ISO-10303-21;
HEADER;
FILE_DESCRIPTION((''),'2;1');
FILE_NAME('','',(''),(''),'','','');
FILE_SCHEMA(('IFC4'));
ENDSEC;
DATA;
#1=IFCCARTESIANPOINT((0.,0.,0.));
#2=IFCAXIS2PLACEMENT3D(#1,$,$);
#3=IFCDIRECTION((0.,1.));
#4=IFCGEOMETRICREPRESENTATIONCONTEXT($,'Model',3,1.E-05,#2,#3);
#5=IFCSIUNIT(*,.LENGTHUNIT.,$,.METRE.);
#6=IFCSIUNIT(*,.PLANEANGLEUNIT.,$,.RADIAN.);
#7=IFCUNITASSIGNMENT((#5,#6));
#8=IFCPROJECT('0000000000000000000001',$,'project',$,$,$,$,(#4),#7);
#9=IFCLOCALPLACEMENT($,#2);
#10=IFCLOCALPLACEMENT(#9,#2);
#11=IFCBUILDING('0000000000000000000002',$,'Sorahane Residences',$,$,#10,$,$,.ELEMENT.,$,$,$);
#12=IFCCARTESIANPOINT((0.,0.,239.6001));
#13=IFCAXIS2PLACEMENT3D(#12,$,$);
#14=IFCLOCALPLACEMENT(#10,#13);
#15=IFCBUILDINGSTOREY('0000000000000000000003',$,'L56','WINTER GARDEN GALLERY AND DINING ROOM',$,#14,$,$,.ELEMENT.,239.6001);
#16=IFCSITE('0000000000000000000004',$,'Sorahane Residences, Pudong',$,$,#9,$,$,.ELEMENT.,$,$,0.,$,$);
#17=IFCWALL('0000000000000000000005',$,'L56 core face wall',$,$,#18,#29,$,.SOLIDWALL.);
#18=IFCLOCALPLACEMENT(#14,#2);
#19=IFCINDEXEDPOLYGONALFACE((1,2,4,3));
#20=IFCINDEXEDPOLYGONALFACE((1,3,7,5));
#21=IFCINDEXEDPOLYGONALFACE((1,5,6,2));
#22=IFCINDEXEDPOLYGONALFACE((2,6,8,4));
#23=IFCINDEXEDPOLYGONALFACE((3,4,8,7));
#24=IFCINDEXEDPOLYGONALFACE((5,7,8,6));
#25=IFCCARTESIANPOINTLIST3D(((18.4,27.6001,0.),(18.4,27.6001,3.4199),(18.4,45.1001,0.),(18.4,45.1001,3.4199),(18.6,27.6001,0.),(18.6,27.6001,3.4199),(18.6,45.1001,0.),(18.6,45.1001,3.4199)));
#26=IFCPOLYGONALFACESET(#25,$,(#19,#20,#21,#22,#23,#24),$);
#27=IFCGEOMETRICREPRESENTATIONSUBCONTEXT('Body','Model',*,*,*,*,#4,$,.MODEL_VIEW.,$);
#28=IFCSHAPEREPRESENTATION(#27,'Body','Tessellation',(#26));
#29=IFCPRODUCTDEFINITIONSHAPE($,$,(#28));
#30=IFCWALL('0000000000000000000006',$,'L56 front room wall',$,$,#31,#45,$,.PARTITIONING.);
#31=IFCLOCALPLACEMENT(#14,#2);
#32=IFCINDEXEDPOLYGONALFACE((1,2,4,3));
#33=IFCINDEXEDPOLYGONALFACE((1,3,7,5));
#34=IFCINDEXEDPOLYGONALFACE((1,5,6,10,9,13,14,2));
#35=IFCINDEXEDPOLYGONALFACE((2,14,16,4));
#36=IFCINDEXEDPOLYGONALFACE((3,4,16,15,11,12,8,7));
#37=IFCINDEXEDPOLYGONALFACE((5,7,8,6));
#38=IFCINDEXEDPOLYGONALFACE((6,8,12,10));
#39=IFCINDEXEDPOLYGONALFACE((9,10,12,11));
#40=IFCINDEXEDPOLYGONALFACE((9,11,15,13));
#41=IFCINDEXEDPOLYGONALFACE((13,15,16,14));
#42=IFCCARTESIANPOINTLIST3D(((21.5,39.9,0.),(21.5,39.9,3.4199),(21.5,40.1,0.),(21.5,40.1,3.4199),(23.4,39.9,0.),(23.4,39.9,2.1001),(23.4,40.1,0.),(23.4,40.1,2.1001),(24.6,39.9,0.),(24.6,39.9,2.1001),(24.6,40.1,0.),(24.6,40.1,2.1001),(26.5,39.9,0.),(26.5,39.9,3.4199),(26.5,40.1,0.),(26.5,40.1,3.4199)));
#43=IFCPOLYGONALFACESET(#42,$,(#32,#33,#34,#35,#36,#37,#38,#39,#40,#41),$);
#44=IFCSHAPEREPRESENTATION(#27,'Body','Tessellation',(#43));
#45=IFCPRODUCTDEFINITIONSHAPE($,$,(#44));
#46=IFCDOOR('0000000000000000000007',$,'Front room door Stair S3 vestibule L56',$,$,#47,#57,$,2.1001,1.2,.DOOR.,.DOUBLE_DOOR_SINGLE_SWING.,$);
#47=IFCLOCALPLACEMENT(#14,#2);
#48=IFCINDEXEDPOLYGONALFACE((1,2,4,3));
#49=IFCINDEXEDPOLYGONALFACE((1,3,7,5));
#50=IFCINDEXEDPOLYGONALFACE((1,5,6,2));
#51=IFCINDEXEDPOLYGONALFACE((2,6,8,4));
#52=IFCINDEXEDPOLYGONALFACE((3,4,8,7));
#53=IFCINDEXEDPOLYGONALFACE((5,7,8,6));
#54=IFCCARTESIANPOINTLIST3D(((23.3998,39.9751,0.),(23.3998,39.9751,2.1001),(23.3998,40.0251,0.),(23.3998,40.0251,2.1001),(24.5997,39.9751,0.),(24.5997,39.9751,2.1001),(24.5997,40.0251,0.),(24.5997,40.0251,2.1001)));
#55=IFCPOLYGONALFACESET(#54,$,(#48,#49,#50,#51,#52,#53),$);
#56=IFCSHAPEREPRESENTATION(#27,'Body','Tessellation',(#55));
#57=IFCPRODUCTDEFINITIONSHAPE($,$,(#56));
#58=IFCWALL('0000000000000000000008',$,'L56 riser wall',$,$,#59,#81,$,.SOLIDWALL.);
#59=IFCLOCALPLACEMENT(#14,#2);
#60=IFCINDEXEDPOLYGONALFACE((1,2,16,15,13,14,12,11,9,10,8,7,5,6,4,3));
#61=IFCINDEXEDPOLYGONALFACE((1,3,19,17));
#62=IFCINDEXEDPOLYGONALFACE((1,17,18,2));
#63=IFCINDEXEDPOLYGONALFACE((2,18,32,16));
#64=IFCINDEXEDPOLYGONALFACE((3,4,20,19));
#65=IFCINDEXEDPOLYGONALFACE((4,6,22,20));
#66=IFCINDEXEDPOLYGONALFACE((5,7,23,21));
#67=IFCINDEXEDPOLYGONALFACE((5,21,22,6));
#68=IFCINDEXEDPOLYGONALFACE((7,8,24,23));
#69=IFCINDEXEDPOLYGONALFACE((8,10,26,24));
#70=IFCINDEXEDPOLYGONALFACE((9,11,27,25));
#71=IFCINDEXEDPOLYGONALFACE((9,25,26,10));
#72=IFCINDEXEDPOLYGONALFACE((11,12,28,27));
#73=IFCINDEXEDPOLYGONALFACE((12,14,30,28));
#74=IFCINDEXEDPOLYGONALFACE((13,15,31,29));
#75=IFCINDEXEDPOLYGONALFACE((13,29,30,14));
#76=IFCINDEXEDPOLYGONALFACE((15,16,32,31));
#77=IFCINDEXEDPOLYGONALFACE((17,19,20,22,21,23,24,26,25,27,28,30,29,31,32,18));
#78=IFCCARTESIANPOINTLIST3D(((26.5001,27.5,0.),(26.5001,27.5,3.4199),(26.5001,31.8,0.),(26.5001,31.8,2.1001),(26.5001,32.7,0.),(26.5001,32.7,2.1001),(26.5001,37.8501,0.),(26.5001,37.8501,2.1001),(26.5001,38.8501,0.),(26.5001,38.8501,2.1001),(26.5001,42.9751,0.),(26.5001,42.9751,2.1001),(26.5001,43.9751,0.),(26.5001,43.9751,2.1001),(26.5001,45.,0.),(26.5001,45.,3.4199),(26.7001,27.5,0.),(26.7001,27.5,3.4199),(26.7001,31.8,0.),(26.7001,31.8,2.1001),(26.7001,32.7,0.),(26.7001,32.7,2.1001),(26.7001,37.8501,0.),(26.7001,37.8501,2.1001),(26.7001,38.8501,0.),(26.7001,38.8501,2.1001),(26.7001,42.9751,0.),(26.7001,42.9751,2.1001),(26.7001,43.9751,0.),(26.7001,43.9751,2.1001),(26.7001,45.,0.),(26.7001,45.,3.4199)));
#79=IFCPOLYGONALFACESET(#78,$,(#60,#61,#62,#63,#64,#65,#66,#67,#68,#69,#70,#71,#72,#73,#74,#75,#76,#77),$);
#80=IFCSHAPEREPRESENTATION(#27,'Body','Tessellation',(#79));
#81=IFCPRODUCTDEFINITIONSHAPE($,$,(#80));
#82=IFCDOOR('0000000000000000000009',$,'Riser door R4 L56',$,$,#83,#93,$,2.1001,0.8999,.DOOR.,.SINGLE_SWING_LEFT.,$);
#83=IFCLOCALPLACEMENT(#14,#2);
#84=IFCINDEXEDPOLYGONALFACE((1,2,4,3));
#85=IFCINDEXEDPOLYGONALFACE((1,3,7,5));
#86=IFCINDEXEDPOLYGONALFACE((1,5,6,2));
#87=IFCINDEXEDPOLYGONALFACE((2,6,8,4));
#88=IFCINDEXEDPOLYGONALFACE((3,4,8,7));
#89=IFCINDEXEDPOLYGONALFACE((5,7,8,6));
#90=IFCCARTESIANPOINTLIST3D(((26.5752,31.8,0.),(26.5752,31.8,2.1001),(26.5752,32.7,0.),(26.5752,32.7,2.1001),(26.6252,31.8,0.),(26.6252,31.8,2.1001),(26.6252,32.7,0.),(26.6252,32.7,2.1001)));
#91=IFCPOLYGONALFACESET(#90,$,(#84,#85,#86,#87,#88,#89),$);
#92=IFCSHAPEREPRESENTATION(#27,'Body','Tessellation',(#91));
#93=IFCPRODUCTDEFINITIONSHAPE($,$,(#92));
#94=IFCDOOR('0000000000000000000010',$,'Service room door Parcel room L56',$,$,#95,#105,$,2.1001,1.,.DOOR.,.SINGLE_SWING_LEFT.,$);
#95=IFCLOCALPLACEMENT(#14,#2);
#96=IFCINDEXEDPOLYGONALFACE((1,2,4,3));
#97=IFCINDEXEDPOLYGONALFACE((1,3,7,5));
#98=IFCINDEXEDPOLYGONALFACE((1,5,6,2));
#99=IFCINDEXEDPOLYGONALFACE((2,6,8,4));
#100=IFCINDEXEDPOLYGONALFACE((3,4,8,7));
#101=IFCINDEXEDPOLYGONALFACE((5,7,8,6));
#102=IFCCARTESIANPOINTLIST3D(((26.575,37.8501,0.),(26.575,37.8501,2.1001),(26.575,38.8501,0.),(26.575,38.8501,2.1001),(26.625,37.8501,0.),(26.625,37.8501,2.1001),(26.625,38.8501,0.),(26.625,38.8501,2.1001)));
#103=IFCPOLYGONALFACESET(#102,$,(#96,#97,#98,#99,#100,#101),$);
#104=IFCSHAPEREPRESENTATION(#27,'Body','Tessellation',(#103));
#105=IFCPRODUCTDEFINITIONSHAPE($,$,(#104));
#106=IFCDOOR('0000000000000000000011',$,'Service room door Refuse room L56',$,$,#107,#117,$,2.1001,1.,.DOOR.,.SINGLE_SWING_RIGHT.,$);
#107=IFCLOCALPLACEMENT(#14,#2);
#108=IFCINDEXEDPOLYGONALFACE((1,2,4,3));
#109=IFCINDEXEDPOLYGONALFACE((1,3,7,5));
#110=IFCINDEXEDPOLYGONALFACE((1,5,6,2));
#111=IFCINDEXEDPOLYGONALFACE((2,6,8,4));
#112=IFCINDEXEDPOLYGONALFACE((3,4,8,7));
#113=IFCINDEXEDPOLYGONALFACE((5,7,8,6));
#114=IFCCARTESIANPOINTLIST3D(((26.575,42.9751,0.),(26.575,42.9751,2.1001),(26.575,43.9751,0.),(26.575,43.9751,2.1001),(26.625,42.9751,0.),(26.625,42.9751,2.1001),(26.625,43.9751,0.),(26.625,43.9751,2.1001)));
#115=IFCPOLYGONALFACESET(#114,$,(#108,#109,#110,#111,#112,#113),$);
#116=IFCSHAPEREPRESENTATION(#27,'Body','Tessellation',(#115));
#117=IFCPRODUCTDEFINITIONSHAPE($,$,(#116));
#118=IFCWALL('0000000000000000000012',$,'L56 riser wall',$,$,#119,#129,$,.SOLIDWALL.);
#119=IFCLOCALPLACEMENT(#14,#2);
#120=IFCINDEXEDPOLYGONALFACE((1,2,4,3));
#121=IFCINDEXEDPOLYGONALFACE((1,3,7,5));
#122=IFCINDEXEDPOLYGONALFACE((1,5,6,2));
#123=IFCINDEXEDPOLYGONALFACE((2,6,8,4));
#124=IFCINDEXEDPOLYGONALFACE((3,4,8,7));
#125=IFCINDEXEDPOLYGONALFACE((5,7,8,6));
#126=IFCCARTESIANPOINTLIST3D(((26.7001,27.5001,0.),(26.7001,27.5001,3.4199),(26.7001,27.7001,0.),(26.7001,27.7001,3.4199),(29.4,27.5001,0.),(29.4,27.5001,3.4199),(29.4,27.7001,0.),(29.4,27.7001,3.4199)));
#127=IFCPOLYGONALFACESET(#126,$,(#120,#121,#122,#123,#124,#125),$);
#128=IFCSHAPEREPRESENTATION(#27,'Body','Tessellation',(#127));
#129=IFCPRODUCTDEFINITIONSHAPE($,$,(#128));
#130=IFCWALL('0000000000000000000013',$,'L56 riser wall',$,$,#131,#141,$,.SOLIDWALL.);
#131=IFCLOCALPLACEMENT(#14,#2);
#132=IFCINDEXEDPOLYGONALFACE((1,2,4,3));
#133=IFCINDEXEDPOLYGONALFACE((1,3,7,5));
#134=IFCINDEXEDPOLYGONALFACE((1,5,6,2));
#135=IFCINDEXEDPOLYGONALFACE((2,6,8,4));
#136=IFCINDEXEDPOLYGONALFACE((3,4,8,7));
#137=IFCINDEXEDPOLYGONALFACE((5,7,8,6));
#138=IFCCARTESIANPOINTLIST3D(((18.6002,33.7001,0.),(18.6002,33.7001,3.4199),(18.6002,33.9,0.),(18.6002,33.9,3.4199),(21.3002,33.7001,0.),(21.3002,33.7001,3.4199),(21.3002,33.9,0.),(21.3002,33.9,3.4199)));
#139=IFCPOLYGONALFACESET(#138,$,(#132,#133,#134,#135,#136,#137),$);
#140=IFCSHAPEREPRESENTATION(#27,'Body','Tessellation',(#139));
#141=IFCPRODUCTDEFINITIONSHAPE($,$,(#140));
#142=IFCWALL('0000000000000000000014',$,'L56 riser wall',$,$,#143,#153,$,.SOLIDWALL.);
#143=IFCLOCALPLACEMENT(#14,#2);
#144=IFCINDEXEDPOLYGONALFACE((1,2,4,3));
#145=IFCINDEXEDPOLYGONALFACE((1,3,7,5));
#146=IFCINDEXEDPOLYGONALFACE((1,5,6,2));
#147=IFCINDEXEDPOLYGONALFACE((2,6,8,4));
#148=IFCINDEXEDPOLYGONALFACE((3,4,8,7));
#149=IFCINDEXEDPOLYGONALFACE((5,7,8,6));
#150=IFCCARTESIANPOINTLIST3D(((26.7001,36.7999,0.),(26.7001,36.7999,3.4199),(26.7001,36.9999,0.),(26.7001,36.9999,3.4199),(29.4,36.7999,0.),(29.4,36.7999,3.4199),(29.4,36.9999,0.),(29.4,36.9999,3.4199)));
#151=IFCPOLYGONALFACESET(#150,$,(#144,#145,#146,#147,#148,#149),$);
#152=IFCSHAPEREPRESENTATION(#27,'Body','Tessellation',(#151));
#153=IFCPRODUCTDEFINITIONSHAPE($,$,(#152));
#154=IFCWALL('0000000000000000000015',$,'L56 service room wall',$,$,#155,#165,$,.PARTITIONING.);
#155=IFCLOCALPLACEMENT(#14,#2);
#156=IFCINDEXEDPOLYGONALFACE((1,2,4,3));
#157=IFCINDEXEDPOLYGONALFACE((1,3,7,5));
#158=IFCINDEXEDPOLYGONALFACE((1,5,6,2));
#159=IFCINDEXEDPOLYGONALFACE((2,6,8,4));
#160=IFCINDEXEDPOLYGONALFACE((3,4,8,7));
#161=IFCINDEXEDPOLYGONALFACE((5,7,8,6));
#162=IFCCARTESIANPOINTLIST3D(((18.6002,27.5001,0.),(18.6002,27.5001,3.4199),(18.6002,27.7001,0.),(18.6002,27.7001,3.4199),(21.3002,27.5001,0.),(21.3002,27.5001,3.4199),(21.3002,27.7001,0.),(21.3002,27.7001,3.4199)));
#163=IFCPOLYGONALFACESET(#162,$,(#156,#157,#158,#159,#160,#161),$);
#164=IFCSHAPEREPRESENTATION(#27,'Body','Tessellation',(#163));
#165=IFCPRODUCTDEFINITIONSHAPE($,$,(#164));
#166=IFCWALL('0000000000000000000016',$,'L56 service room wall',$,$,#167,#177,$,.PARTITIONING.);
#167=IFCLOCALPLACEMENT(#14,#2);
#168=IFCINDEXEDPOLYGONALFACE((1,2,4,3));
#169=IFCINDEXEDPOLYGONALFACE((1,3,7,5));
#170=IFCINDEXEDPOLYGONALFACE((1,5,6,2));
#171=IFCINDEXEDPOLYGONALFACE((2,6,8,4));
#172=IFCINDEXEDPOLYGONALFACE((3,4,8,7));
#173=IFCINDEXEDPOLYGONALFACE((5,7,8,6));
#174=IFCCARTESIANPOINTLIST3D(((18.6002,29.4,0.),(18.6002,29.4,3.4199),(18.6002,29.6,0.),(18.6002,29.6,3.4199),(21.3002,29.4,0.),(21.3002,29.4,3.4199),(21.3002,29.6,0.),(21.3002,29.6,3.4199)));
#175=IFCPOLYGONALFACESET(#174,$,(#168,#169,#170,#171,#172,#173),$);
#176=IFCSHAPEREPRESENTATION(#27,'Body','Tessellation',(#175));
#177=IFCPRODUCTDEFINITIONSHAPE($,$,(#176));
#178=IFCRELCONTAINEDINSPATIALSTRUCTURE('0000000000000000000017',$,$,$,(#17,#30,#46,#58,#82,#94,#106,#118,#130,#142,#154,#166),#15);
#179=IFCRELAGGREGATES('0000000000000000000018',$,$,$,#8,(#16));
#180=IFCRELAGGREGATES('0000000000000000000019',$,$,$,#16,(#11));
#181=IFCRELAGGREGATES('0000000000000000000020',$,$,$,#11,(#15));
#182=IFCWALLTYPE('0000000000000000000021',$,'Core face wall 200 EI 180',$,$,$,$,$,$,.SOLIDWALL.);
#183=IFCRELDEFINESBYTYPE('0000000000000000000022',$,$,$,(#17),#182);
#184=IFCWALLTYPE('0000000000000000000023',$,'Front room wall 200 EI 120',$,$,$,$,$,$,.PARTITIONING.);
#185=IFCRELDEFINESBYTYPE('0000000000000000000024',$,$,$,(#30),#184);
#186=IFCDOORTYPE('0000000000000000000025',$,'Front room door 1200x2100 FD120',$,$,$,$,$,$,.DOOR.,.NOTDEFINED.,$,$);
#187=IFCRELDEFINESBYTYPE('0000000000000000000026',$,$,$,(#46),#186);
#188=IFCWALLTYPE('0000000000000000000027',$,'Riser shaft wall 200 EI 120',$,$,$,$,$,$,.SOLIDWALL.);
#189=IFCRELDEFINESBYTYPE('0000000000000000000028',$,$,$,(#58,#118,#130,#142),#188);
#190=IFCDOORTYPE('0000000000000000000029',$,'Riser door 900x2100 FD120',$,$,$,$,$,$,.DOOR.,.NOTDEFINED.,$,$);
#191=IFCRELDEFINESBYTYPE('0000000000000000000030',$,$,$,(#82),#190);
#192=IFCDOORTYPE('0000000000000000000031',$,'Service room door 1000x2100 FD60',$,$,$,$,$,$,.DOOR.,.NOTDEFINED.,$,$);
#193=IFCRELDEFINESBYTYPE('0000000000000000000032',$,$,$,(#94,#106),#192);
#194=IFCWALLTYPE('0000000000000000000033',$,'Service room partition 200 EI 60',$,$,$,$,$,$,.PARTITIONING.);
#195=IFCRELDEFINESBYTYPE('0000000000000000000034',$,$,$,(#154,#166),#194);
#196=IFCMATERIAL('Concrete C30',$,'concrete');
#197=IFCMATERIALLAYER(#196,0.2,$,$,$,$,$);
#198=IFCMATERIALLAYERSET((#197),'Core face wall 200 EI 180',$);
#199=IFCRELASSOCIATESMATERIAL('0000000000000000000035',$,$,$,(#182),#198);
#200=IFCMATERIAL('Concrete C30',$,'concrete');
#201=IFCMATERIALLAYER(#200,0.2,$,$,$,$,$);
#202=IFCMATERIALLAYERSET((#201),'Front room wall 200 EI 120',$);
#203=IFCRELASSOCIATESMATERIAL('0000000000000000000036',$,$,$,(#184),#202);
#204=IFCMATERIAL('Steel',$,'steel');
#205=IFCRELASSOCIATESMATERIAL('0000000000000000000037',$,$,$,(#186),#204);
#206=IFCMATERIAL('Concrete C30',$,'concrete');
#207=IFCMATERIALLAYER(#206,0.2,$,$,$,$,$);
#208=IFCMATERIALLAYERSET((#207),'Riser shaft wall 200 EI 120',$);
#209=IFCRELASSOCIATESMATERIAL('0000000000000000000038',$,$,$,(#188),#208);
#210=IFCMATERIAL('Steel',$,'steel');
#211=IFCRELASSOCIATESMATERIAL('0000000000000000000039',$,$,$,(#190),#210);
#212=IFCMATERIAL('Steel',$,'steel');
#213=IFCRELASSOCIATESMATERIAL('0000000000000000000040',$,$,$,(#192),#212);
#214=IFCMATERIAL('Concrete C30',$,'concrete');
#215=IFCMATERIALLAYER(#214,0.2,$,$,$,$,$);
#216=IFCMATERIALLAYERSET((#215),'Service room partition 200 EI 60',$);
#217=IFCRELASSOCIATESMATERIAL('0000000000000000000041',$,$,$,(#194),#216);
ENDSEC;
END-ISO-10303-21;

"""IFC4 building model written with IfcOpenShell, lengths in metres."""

from ifc_helpers import new_model, si_unit, direction, frame, frame_2d, origin, place, context, subcontext, project, spatial, rectangle, extrude, material, layer, layer_set, type_object, element, fill, save


model = new_model("IFC4")

# Units and contexts
model_context = context("Model", 3, precision=1e-05, world=origin(), true_north=direction((0.0, 1.0)))
body_context = subcontext(model_context, "Body", "Model", "MODEL_VIEW")
ifc_project = project(units=[si_unit("LENGTHUNIT", "METRE"), si_unit("PLANEANGLEUNIT", "RADIAN")], contexts=[model_context])

# Site, building, storey
site_placement = place(None, origin())
site = spatial("IfcSite", under=ifc_project, at=site_placement, Name="Sorahane Residences, Pudong", CompositionType="ELEMENT", RefElevation=0.0)
building_placement = place(site_placement, origin())
building = spatial("IfcBuilding", under=site, at=building_placement, Name="Sorahane Residences", CompositionType="ELEMENT")
storey_placement = place(building_placement, frame((0.0, 0.0, 239.6001)))
storey = spatial("IfcBuildingStorey", under=building, at=storey_placement, Name="L56", Description="WINTER GARDEN GALLERY AND DINING ROOM", CompositionType="ELEMENT", Elevation=239.6001)

# Wall
ifc_material_1 = material(Name="Concrete C30", Category="concrete")
ifc_layer_1 = layer(ifc_material_1, 0.2)
ifc_layer_set_1 = layer_set([ifc_layer_1], Name="Core face wall 200 EI 180")
wall_type_1 = type_object("IfcWallType", Name="Core face wall 200 EI 180", PredefinedType="SOLIDWALL", material=ifc_layer_set_1)
wall_1_placement = place(storey_placement, frame((18.5, 27.6001, 0.0), z_axis=(0.0, 0.0, 1.0), x_axis=(0.0, 1.0, 0.0)))
element("IfcWall", 1, at=wall_1_placement, inside=storey, type_object=wall_type_1, Name="L56 core face wall", PredefinedType="SOLIDWALL", context=body_context, shape_type="SweptSolid", body=[
    extrude(rectangle(XDim=17.5, YDim=0.2, at=frame_2d((8.75, 0.0))), origin(), (0.0, 0.0, 1.0), 3.4199),
])

# Wall, opening, door
ifc_material_2 = material(Name="Concrete C30", Category="concrete")
ifc_layer_2 = layer(ifc_material_2, 0.2)
ifc_layer_set_2 = layer_set([ifc_layer_2], Name="Front room wall 200 EI 120")
wall_type_2 = type_object("IfcWallType", Name="Front room wall 200 EI 120", PredefinedType="PARTITIONING", material=ifc_layer_set_2)
wall_2_placement = place(storey_placement, frame((21.5, 40.0, 0.0), z_axis=(0.0, 0.0, 1.0), x_axis=(1.0, 0.0, 0.0)))
wall_2 = element("IfcWall", 2, at=wall_2_placement, inside=storey, type_object=wall_type_2, Name="L56 front room wall", PredefinedType="PARTITIONING", context=body_context, shape_type="SweptSolid", body=[
    extrude(rectangle(XDim=5.0, YDim=0.2, at=frame_2d((2.5, 0.0))), origin(), (0.0, 0.0, 1.0), 3.4199),
])
opening_1_placement = place(wall_2_placement, frame((1.8999, 0.0, 0.0)))
opening_1 = element("IfcOpeningElement", 3, at=opening_1_placement, cuts=wall_2, PredefinedType="OPENING", context=body_context, shape_type="SweptSolid", body=[
    extrude(rectangle(XDim=1.2, YDim=2.1001, at=frame_2d((0.6001, 1.05))), frame((0.0, 0.1099, 0.0), z_axis=(0.0, -1.0, 0.0), x_axis=(1.0, 0.0, 0.0)), (0.0, 0.0, 1.0), 0.22),
])
ifc_material_3 = material(Name="Steel", Category="steel")
door_type_1 = type_object("IfcDoorType", Name="Front room door 1200x2100 FD120", OperationType="NOTDEFINED", PredefinedType="DOOR", material=ifc_material_3)
door_1_placement = place(opening_1_placement, frame((1.2, 0.0, 0.0), z_axis=(0.0, 0.0, 1.0), x_axis=(-1.0, 0.0, 0.0)))
door_1 = element("IfcDoor", 4, at=door_1_placement, inside=storey, type_object=door_type_1, Name="Front room door Stair S3 vestibule L56", OperationType="DOUBLE_DOOR_SINGLE_SWING", OverallHeight=2.1001, OverallWidth=1.2, PredefinedType="DOOR", context=body_context, shape_type="SweptSolid", body=[
    extrude(rectangle(XDim=1.2, YDim=2.1001, at=frame_2d((0.6001, 1.05))), frame((0.0, 0.0249, 0.0), z_axis=(0.0, -1.0, 0.0), x_axis=(1.0, 0.0, 0.0)), (0.0, 0.0, 1.0), 0.05),
])
fill(opening_1, door_1)

# Wall, openings, doors
ifc_material_4 = material(Name="Concrete C30", Category="concrete")
ifc_layer_3 = layer(ifc_material_4, 0.2)
ifc_layer_set_3 = layer_set([ifc_layer_3], Name="Riser shaft wall 200 EI 120")
wall_type_3 = type_object("IfcWallType", Name="Riser shaft wall 200 EI 120", PredefinedType="SOLIDWALL", material=ifc_layer_set_3)
wall_3_placement = place(storey_placement, frame((26.6001, 27.5, 0.0), z_axis=(0.0, 0.0, 1.0), x_axis=(0.0, 1.0, 0.0)))
wall_3 = element("IfcWall", 5, at=wall_3_placement, inside=storey, type_object=wall_type_3, Name="L56 riser wall", PredefinedType="SOLIDWALL", context=body_context, shape_type="SweptSolid", body=[
    extrude(rectangle(XDim=17.5, YDim=0.2, at=frame_2d((8.75, 0.0))), origin(), (0.0, 0.0, 1.0), 3.4199),
])
opening_2_placement = place(wall_3_placement, frame((4.3, 0.0, 0.0)))
opening_2 = element("IfcOpeningElement", 6, at=opening_2_placement, cuts=wall_3, PredefinedType="OPENING", context=body_context, shape_type="SweptSolid", body=[
    extrude(rectangle(XDim=0.8999, YDim=2.1001, at=frame_2d((0.45, 1.05))), frame((0.0, 0.1099, 0.0), z_axis=(0.0, -1.0, 0.0), x_axis=(1.0, 0.0, 0.0)), (0.0, 0.0, 1.0), 0.22),
])
opening_3_placement = place(wall_3_placement, frame((10.3501, 0.0, 0.0)))
opening_3 = element("IfcOpeningElement", 7, at=opening_3_placement, cuts=wall_3, PredefinedType="OPENING", context=body_context, shape_type="SweptSolid", body=[
    extrude(rectangle(XDim=1.0, YDim=2.1001, at=frame_2d((0.5, 1.05))), frame((0.0, 0.1099, 0.0), z_axis=(0.0, -1.0, 0.0), x_axis=(1.0, 0.0, 0.0)), (0.0, 0.0, 1.0), 0.22),
])
opening_4_placement = place(wall_3_placement, frame((15.4751, 0.0, 0.0)))
opening_4 = element("IfcOpeningElement", 8, at=opening_4_placement, cuts=wall_3, PredefinedType="OPENING", context=body_context, shape_type="SweptSolid", body=[
    extrude(rectangle(XDim=1.0, YDim=2.1001, at=frame_2d((0.5, 1.05))), frame((0.0, 0.1099, 0.0), z_axis=(0.0, -1.0, 0.0), x_axis=(1.0, 0.0, 0.0)), (0.0, 0.0, 1.0), 0.22),
])
ifc_material_5 = material(Name="Steel", Category="steel")
door_type_2 = type_object("IfcDoorType", Name="Riser door 900x2100 FD120", OperationType="NOTDEFINED", PredefinedType="DOOR", material=ifc_material_5)
door_2_placement = place(opening_2_placement, origin())
door_2 = element("IfcDoor", 9, at=door_2_placement, inside=storey, type_object=door_type_2, Name="Riser door R4 L56", OperationType="SINGLE_SWING_LEFT", OverallHeight=2.1001, OverallWidth=0.8999, PredefinedType="DOOR", context=body_context, shape_type="SweptSolid", body=[
    extrude(rectangle(XDim=0.8999, YDim=2.1001, at=frame_2d((0.45, 1.05))), frame((0.0, 0.0249, 0.0), z_axis=(0.0, -1.0, 0.0), x_axis=(1.0, 0.0, 0.0)), (0.0, 0.0, 1.0), 0.05),
])
fill(opening_2, door_2)
ifc_material_6 = material(Name="Steel", Category="steel")
door_type_3 = type_object("IfcDoorType", Name="Service room door 1000x2100 FD60", OperationType="NOTDEFINED", PredefinedType="DOOR", material=ifc_material_6)
door_3_placement = place(opening_3_placement, frame((1.0, 0.0, 0.0), z_axis=(0.0, 0.0, 1.0), x_axis=(-1.0, 0.0, 0.0)))
door_3 = element("IfcDoor", 10, at=door_3_placement, inside=storey, type_object=door_type_3, Name="Service room door Parcel room L56", OperationType="SINGLE_SWING_LEFT", OverallHeight=2.1001, OverallWidth=1.0, PredefinedType="DOOR", context=body_context, shape_type="SweptSolid", body=[
    extrude(rectangle(XDim=1.0, YDim=2.1001, at=frame_2d((0.5, 1.05))), frame((0.0, 0.0249, 0.0), z_axis=(0.0, -1.0, 0.0), x_axis=(1.0, 0.0, 0.0)), (0.0, 0.0, 1.0), 0.05),
])
fill(opening_3, door_3)
door_4_placement = place(opening_4_placement, frame((1.0, 0.0, 0.0), z_axis=(0.0, 0.0, 1.0), x_axis=(-1.0, 0.0, 0.0)))
door_4 = element("IfcDoor", 11, at=door_4_placement, inside=storey, type_object=door_type_3, Name="Service room door Refuse room L56", OperationType="SINGLE_SWING_RIGHT", OverallHeight=2.1001, OverallWidth=1.0, PredefinedType="DOOR", context=body_context, shape_type="SweptSolid", body=[
    extrude(rectangle(XDim=1.0, YDim=2.1001, at=frame_2d((0.5, 1.05))), frame((0.0, 0.0249, 0.0), z_axis=(0.0, -1.0, 0.0), x_axis=(1.0, 0.0, 0.0)), (0.0, 0.0, 1.0), 0.05),
])
fill(opening_4, door_4)

# Walls
for number, where, z_axis, x_axis, name in (
    (12, (26.7, 27.6001, 0.0), (0.0, 0.0, 1.0), (1.0, 0.0, 0.0), "L56 riser wall"),
    (13, (18.6001, 33.8, 0.0), (0.0, 0.0, 1.0), (1.0, 0.0, 0.0), "L56 riser wall"),
    (14, (26.7, 36.8999, 0.0), (0.0, 0.0, 1.0), (1.0, 0.0, 0.0), "L56 riser wall"),
):
    element("IfcWall", number, at=place(storey_placement, frame(where, z_axis=z_axis, x_axis=x_axis)), inside=storey, type_object=wall_type_3, Name=name, PredefinedType="SOLIDWALL", context=body_context, shape_type="SweptSolid", body=[
        extrude(rectangle(XDim=2.7, YDim=0.2, at=frame_2d((1.3501, 0.0))), origin(), (0.0, 0.0, 1.0), 3.4199),
    ])
ifc_material_7 = material(Name="Concrete C30", Category="concrete")
ifc_layer_4 = layer(ifc_material_7, 0.2)
ifc_layer_set_4 = layer_set([ifc_layer_4], Name="Service room partition 200 EI 60")
wall_type_4 = type_object("IfcWallType", Name="Service room partition 200 EI 60", PredefinedType="PARTITIONING", material=ifc_layer_set_4)
for number, where, z_axis, x_axis, name in (
    (15, (18.6001, 27.6001, 0.0), (0.0, 0.0, 1.0), (1.0, 0.0, 0.0), "L56 service room wall"),
    (16, (18.6001, 29.5, 0.0), (0.0, 0.0, 1.0), (1.0, 0.0, 0.0), "L56 service room wall"),
):
    element("IfcWall", number, at=place(storey_placement, frame(where, z_axis=z_axis, x_axis=x_axis)), inside=storey, type_object=wall_type_4, Name=name, PredefinedType="PARTITIONING", context=body_context, shape_type="SweptSolid", body=[
        extrude(rectangle(XDim=2.7, YDim=0.2, at=frame_2d((1.3501, 0.0))), origin(), (0.0, 0.0, 1.0), 3.4199),
    ])

save(model, "model.ifc")
